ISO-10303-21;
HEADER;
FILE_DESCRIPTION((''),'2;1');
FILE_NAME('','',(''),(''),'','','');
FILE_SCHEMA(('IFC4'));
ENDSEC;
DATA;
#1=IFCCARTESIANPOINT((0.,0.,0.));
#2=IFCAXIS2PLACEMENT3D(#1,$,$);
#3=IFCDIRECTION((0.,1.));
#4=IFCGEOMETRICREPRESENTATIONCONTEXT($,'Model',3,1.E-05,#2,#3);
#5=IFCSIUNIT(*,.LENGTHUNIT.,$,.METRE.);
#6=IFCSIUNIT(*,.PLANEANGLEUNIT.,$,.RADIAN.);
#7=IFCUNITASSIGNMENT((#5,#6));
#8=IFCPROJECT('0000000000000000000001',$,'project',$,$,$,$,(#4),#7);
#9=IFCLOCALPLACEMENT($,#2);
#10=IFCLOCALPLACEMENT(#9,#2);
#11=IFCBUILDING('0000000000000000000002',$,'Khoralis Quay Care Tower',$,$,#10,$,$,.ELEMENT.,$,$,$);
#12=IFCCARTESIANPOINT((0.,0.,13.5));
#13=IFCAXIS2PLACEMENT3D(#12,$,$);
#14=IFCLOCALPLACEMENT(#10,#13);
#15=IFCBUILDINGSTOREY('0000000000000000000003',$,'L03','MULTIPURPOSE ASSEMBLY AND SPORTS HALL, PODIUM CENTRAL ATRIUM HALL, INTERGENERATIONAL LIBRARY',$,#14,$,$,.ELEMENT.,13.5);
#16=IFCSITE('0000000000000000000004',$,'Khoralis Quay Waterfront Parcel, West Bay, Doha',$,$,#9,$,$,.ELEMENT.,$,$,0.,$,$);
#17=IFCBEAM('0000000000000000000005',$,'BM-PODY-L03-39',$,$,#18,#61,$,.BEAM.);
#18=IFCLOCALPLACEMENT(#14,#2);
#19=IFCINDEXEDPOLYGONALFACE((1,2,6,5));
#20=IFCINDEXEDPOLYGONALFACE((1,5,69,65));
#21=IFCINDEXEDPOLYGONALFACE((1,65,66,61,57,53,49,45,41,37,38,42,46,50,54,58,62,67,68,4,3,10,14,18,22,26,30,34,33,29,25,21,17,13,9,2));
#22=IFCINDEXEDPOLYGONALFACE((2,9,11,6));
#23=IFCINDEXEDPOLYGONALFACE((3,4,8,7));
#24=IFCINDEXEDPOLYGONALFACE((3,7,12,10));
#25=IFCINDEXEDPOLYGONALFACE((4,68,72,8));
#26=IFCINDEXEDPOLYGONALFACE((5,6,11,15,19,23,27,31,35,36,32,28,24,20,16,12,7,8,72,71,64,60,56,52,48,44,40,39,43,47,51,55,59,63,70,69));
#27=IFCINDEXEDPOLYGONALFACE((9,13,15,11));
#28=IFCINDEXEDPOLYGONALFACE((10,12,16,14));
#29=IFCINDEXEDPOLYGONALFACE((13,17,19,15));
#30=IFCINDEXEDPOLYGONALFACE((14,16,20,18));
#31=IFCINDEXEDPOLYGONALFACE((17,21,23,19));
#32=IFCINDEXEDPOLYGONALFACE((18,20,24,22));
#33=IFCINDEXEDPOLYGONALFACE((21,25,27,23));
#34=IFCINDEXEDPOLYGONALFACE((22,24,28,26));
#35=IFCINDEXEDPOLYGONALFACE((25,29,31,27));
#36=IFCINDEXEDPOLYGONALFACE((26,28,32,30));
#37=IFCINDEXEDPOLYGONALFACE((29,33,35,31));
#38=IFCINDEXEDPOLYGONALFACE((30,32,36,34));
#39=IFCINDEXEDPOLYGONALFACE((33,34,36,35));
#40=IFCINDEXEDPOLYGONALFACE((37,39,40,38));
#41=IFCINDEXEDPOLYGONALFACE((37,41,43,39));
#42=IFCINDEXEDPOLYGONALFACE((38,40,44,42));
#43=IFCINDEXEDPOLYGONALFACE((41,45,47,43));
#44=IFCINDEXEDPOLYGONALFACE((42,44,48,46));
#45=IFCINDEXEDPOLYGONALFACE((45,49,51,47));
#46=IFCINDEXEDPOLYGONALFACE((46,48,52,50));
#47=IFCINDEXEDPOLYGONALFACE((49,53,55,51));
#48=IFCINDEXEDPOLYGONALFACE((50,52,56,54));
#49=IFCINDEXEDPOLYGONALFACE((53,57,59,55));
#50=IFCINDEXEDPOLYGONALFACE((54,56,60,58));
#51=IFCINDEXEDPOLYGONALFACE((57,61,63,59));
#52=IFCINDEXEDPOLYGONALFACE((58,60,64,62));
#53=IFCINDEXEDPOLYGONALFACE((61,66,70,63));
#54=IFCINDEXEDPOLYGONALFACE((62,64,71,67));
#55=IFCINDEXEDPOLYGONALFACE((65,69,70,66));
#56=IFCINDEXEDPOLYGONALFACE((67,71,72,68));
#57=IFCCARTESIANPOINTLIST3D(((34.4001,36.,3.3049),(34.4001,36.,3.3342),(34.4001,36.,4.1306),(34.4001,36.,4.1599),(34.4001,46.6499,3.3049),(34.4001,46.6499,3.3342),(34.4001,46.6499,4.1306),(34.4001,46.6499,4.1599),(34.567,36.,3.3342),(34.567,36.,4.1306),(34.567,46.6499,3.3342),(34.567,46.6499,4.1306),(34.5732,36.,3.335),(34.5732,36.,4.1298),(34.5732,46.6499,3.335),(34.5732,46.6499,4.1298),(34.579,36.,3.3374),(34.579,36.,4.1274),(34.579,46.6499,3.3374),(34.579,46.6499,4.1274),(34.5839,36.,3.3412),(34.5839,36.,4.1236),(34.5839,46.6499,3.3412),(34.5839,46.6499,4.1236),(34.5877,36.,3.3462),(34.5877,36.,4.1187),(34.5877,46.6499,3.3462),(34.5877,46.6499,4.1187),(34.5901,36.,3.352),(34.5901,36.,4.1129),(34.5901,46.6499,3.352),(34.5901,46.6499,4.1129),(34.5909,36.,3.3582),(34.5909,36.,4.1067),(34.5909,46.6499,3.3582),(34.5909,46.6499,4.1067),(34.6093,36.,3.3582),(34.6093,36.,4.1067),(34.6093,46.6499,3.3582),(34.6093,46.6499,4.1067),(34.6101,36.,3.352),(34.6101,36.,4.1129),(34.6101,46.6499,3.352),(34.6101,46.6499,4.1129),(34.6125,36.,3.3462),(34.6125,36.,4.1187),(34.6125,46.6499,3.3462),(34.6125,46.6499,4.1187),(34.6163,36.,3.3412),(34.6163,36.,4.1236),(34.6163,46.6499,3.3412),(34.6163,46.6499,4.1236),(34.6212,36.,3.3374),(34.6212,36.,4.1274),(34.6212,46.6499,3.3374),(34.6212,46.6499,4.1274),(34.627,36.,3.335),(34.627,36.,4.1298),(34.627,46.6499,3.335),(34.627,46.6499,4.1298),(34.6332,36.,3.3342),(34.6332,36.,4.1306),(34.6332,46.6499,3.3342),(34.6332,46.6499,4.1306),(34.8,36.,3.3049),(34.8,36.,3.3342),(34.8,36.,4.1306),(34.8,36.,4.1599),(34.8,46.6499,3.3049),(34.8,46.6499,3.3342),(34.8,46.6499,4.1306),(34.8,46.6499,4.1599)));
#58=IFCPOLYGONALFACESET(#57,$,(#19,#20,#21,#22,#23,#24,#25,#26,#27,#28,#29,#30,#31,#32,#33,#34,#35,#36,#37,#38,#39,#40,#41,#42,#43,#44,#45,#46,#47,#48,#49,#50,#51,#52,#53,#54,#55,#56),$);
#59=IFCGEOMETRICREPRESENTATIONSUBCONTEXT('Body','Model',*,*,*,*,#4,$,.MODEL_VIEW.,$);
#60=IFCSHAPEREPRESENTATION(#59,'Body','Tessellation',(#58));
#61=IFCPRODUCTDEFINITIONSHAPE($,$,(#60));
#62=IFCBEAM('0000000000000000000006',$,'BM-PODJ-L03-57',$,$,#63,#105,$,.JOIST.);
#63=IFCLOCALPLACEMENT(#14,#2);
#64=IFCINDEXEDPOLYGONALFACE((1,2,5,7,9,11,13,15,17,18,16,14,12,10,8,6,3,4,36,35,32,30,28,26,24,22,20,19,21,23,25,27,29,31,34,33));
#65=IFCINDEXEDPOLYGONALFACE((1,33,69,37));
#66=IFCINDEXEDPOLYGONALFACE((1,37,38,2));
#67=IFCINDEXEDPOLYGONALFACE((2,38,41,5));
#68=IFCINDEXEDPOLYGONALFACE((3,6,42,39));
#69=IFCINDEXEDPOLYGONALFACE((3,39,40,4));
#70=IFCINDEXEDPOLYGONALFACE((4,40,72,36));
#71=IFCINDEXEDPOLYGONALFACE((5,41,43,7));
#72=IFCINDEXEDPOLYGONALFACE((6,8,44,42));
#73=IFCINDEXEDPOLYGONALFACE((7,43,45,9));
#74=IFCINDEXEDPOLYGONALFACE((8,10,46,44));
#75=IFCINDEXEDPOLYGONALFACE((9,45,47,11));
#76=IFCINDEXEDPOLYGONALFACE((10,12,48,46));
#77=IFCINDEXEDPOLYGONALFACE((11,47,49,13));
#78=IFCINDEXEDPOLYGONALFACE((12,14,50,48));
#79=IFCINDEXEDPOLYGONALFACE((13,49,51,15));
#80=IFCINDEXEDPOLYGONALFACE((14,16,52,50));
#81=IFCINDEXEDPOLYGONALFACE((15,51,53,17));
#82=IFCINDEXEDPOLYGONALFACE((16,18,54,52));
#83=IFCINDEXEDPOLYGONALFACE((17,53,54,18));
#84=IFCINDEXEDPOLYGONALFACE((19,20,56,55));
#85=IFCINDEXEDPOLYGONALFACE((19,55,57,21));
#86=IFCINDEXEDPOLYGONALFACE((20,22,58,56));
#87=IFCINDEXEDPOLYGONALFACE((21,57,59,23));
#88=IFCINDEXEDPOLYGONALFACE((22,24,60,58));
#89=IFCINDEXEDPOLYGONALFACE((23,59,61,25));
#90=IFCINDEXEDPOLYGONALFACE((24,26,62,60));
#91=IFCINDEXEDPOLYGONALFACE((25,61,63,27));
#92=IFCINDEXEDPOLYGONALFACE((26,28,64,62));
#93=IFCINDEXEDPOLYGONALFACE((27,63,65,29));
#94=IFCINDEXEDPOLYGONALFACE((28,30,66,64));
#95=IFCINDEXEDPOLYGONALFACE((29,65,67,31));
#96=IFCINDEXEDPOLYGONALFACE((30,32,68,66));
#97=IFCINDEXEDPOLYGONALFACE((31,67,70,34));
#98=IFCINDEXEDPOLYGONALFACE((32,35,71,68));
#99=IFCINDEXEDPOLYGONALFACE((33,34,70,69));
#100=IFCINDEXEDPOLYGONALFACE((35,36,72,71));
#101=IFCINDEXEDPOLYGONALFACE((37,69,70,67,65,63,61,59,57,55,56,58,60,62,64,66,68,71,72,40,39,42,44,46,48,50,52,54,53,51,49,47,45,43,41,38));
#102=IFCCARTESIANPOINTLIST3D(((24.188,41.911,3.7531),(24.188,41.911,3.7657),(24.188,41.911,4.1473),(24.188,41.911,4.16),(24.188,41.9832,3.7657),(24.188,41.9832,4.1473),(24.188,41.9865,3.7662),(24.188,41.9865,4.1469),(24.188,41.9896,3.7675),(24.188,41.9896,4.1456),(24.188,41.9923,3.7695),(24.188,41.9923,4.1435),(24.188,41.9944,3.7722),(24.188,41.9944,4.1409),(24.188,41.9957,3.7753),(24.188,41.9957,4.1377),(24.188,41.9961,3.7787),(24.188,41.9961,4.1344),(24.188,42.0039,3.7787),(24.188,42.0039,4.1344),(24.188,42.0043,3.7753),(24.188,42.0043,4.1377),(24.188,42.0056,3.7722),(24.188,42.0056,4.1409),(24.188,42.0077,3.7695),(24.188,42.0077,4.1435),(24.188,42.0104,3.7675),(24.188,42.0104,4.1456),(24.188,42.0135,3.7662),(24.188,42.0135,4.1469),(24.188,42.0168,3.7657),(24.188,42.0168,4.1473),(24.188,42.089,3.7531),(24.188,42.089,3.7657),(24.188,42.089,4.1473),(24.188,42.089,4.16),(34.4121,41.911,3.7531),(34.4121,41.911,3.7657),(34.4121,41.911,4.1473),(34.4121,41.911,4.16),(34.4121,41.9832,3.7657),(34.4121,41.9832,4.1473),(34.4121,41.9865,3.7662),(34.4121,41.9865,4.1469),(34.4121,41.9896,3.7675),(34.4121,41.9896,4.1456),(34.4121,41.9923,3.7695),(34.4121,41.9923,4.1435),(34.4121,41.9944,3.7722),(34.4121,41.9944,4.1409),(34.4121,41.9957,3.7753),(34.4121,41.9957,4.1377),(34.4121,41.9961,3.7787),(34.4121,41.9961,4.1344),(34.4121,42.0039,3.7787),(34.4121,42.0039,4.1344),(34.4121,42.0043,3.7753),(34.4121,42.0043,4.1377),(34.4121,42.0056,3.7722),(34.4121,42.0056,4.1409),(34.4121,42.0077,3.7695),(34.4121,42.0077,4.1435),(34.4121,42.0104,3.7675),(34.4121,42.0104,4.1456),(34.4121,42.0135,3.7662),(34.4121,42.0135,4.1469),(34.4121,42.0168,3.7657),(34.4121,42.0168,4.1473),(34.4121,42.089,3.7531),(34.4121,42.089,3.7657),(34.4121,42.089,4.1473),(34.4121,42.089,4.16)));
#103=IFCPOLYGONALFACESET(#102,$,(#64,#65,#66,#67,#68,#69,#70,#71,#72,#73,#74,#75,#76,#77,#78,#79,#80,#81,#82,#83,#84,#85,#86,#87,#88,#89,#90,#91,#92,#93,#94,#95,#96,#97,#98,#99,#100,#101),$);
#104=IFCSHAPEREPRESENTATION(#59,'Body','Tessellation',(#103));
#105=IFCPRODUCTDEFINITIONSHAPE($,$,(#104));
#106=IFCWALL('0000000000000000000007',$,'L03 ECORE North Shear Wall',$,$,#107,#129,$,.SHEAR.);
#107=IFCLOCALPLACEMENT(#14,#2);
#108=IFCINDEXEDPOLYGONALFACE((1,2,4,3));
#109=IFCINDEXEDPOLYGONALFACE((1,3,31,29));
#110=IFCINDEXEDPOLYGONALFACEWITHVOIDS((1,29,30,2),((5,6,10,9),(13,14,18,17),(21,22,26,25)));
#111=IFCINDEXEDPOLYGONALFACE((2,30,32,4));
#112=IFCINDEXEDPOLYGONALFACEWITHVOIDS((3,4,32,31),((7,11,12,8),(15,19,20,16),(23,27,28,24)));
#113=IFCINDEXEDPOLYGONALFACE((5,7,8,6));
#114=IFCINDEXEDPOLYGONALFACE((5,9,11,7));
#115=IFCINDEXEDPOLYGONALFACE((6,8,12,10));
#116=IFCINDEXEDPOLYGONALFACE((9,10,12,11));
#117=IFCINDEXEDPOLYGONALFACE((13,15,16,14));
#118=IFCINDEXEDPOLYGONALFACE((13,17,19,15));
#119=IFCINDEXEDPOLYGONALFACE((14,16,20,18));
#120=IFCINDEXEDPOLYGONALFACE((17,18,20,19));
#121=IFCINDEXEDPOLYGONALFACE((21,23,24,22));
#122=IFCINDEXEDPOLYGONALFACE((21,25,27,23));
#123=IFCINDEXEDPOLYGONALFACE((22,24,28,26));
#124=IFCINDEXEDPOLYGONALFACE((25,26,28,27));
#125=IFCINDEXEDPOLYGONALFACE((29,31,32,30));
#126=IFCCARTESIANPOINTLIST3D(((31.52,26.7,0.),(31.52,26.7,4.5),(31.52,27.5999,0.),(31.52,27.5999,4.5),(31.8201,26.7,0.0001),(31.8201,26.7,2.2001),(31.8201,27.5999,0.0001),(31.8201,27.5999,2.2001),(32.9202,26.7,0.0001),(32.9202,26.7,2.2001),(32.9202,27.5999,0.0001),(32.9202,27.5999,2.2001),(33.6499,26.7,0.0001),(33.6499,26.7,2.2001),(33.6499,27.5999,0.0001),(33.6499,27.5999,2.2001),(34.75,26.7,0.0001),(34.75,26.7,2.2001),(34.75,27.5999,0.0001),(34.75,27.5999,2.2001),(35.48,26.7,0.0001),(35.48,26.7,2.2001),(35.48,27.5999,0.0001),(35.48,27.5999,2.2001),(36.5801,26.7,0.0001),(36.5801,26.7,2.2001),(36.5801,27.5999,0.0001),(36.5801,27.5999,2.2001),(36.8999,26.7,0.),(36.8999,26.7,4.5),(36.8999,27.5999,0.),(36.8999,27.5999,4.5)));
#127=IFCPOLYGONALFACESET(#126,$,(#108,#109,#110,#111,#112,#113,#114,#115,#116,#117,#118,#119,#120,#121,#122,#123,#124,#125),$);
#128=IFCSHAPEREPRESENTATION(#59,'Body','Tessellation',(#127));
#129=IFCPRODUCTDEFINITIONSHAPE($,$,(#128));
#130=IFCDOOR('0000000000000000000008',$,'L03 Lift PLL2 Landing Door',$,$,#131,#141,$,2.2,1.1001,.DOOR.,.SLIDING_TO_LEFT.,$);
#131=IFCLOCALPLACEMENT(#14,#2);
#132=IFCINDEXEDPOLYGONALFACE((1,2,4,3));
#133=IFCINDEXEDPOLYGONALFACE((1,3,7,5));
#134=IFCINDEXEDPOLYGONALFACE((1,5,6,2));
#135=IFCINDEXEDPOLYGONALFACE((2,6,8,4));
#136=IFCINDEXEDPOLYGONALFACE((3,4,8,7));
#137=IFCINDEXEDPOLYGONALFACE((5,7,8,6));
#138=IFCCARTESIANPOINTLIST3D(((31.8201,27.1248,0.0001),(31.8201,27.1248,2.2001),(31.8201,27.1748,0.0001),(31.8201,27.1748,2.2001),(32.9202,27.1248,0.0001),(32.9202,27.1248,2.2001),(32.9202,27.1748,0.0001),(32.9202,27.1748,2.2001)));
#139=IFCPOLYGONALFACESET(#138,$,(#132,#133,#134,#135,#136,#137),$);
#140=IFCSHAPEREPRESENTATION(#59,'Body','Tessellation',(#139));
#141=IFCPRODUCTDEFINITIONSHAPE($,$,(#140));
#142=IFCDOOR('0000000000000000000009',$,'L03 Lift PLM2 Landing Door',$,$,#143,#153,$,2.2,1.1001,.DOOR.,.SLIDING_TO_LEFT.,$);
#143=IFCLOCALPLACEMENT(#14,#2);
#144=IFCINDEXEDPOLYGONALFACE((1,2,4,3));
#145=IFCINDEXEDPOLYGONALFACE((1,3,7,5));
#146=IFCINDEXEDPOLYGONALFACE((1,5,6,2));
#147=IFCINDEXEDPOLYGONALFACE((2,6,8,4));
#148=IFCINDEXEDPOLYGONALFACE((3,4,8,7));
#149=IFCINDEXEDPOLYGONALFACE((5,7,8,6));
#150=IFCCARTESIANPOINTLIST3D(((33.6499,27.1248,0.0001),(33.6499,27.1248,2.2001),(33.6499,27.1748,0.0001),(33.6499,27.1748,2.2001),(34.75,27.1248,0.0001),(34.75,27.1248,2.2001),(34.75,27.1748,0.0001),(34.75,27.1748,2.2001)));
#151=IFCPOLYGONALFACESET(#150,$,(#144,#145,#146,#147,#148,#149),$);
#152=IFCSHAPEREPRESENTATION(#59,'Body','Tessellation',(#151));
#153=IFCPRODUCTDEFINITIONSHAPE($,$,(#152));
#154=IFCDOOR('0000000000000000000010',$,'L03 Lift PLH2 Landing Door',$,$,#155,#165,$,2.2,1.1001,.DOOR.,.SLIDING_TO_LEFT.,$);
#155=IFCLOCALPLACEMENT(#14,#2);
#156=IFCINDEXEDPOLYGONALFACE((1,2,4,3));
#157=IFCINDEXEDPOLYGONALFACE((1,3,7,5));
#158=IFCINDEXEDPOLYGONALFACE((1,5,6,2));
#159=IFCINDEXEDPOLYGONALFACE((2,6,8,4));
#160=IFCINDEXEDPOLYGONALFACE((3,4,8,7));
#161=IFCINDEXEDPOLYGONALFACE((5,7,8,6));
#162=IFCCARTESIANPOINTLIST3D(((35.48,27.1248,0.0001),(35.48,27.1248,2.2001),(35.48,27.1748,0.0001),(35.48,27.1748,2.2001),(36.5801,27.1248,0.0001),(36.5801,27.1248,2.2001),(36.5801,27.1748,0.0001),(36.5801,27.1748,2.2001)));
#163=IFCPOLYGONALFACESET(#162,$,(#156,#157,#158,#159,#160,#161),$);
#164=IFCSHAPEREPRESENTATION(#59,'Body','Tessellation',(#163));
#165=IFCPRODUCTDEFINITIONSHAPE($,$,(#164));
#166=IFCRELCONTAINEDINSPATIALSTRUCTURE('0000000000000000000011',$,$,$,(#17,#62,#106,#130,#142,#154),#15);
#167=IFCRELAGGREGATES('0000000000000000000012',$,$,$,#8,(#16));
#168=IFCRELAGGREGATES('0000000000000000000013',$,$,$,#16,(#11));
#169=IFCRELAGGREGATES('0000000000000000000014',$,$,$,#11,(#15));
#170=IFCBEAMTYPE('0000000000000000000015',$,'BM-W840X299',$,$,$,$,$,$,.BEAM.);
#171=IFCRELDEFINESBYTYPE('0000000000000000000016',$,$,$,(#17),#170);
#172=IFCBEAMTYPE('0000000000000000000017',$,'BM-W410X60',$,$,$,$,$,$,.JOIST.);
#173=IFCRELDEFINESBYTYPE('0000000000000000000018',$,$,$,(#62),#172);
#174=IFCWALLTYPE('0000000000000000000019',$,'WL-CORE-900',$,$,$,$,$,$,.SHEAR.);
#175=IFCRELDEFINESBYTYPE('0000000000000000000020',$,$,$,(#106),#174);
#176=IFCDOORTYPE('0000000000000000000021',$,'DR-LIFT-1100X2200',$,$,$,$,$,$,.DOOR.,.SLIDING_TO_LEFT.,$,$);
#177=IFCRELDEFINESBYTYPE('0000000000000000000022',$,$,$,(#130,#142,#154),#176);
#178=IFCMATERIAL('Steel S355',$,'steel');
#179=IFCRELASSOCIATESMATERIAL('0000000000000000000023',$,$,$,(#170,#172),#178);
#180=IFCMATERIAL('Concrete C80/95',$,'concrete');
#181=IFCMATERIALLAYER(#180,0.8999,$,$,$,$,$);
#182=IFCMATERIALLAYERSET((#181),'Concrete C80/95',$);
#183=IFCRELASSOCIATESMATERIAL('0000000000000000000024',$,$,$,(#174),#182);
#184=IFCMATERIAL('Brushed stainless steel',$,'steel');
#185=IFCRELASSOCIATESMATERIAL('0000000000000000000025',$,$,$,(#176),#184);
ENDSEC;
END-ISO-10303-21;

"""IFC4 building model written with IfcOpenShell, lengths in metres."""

from ifc_helpers import new_model, si_unit, direction, frame, frame_2d, origin, origin_2d, place, context, subcontext, project, spatial, rectangle, i_section, extrude, source, transform, mapped, material, layer, layer_set, material_profile, profile_set, type_object, element, fill, save


model = new_model("IFC4")

# Units and contexts
model_context = context("Model", 3, precision=1e-05, world=origin(), true_north=direction((0.0, 1.0)))
body_context = subcontext(model_context, "Body", "Model", "MODEL_VIEW")
ifc_project = project(units=[si_unit("LENGTHUNIT", "METRE"), si_unit("PLANEANGLEUNIT", "RADIAN")], contexts=[model_context])

# Site, building, storey
site_placement = place(None, origin())
site = spatial("IfcSite", under=ifc_project, at=site_placement, Name="Khoralis Quay Waterfront Parcel, West Bay, Doha", CompositionType="ELEMENT", RefElevation=0.0)
building_placement = place(site_placement, origin())
building = spatial("IfcBuilding", under=site, at=building_placement, Name="Khoralis Quay Care Tower", CompositionType="ELEMENT")
storey_placement = place(building_placement, frame((0.0, 0.0, 13.5)))
storey = spatial("IfcBuildingStorey", under=building, at=storey_placement, Name="L03", Description="MULTIPURPOSE ASSEMBLY AND SPORTS HALL, PODIUM CENTRAL ATRIUM HALL, INTERGENERATIONAL LIBRARY", CompositionType="ELEMENT", Elevation=13.5)

# Shared definitions
ifc_material_1 = material(Name="Concrete C80/95", Category="concrete")

# Beams
ifc_material_2 = material(Name="Steel S355", Category="steel")
ifc_material_profile_1 = material_profile(ifc_material_2, i_section(OverallWidth=0.3999, OverallDepth=0.855, WebThickness=0.0183, FlangeThickness=0.0293, FilletRadius=0.0239, at=origin_2d()), Name="Steel S355")
ifc_profile_set_1 = profile_set([ifc_material_profile_1], Name="Steel S355")
beam_type_1 = type_object("IfcBeamType", Name="BM-W840X299", PredefinedType="BEAM", material=ifc_profile_set_1)
shared_shape_1 = source(origin(), body_context, "Body", "SweptSolid", [
    extrude(i_section(OverallWidth=0.3999, OverallDepth=0.855, WebThickness=0.0183, FlangeThickness=0.0293, FilletRadius=0.0239, at=origin_2d()), origin(), (0.0, 0.0, 1.0), 10.6499),
])
for number, where, z_axis, x_axis, name in (
    (1, (34.6001, 36.0, 3.7324), (0.0, 1.0, 0.0), (-1.0, 0.0, 0.0), "BM-PODY-L03-39"),
):
    element("IfcBeam", number, at=place(storey_placement, frame(where, z_axis=z_axis, x_axis=x_axis)), inside=storey, type_object=beam_type_1, Name=name, PredefinedType="BEAM", context=body_context, shape_type="MappedRepresentation", body=[
        mapped(shared_shape_1, transform((0.0, 0.0, 0.0), scale=1.0)),
    ])
ifc_material_profile_2 = material_profile(ifc_material_2, i_section(OverallWidth=0.178, OverallDepth=0.407, WebThickness=0.0078, FlangeThickness=0.0127, FilletRadius=0.0129, at=origin_2d()), Name="Steel S355")
ifc_profile_set_2 = profile_set([ifc_material_profile_2], Name="Steel S355")
beam_type_2 = type_object("IfcBeamType", Name="BM-W410X60", PredefinedType="JOIST", material=ifc_profile_set_2)
shared_shape_2 = source(origin(), body_context, "Body", "SweptSolid", [
    extrude(i_section(OverallWidth=0.178, OverallDepth=0.407, WebThickness=0.0078, FlangeThickness=0.0127, FilletRadius=0.0129, at=origin_2d()), origin(), (0.0, 0.0, 1.0), 10.2241),
])
beam_1_placement = place(storey_placement, frame((24.188, 42.0, 3.9565), z_axis=(1.0, 0.0, 0.0), x_axis=(0.0, 1.0, 0.0)))
element("IfcBeam", 2, at=beam_1_placement, inside=storey, type_object=beam_type_2, Name="BM-PODJ-L03-57", PredefinedType="JOIST", context=body_context, shape_type="MappedRepresentation", body=[
    mapped(shared_shape_2, transform((0.0, 0.0, 0.0), scale=1.0)),
])

# Wall, openings, doors
ifc_layer_1 = layer(ifc_material_1, 0.8999)
ifc_layer_set_1 = layer_set([ifc_layer_1], Name="Concrete C80/95")
wall_type_1 = type_object("IfcWallType", Name="WL-CORE-900", PredefinedType="SHEAR", material=ifc_layer_set_1)
wall_1_placement = place(storey_placement, frame((31.52, 27.1499, 0.0), z_axis=(0.0, 0.0, 1.0), x_axis=(1.0, 0.0, 0.0)))
wall_1 = element("IfcWall", 3, at=wall_1_placement, inside=storey, type_object=wall_type_1, Name="L03 ECORE North Shear Wall", PredefinedType="SHEAR", context=body_context, shape_type="SweptSolid", body=[
    extrude(rectangle(XDim=5.3799, YDim=0.8999, at=frame_2d((2.6899, 0.0))), origin(), (0.0, 0.0, 1.0), 4.5),
])
opening_1_placement = place(wall_1_placement, frame((0.3, 0.0, 0.0)))
opening_1 = element("IfcOpeningElement", 4, at=opening_1_placement, cuts=wall_1, PredefinedType="OPENING", context=body_context, shape_type="SweptSolid", body=[
    extrude(rectangle(XDim=1.1001, YDim=2.2, at=frame_2d((0.55, 1.1001))), frame((0.0, 0.46, 0.0), z_axis=(0.0, -1.0, 0.0), x_axis=(1.0, 0.0, 0.0)), (0.0, 0.0, 1.0), 0.9199),
])
opening_2_placement = place(wall_1_placement, frame((2.1299, 0.0, 0.0)))
opening_2 = element("IfcOpeningElement", 5, at=opening_2_placement, cuts=wall_1, PredefinedType="OPENING", context=body_context, shape_type="SweptSolid", body=[
    extrude(rectangle(XDim=1.1001, YDim=2.2, at=frame_2d((0.55, 1.1001))), frame((0.0, 0.46, 0.0), z_axis=(0.0, -1.0, 0.0), x_axis=(1.0, 0.0, 0.0)), (0.0, 0.0, 1.0), 0.9199),
])
opening_3_placement = place(wall_1_placement, frame((3.96, 0.0, 0.0)))
opening_3 = element("IfcOpeningElement", 6, at=opening_3_placement, cuts=wall_1, PredefinedType="OPENING", context=body_context, shape_type="SweptSolid", body=[
    extrude(rectangle(XDim=1.1001, YDim=2.2, at=frame_2d((0.55, 1.1001))), frame((0.0, 0.46, 0.0), z_axis=(0.0, -1.0, 0.0), x_axis=(1.0, 0.0, 0.0)), (0.0, 0.0, 1.0), 0.9199),
])
ifc_material_3 = material(Name="Brushed stainless steel", Category="steel")
door_type_1 = type_object("IfcDoorType", Name="DR-LIFT-1100X2200", OperationType="SLIDING_TO_LEFT", PredefinedType="DOOR", material=ifc_material_3)
shared_shape_3 = source(origin(), body_context, "Body", "SweptSolid", [
    extrude(rectangle(XDim=1.1001, YDim=2.2, at=frame_2d((0.55, 1.1001))), frame((0.0, 0.0249, 0.0), z_axis=(0.0, -1.0, 0.0), x_axis=(1.0, 0.0, 0.0)), (0.0, 0.0, 1.0), 0.05),
])
door_1_placement = place(opening_1_placement, origin())
door_1 = element("IfcDoor", 7, at=door_1_placement, inside=storey, type_object=door_type_1, Name="L03 Lift PLL2 Landing Door", OperationType="SLIDING_TO_LEFT", OverallHeight=2.2, OverallWidth=1.1001, PredefinedType="DOOR", context=body_context, shape_type="MappedRepresentation", body=[
    mapped(shared_shape_3, transform((0.0, 0.0, 0.0), scale=1.0)),
])
fill(opening_1, door_1)
door_2_placement = place(opening_2_placement, origin())
door_2 = element("IfcDoor", 8, at=door_2_placement, inside=storey, type_object=door_type_1, Name="L03 Lift PLM2 Landing Door", OperationType="SLIDING_TO_LEFT", OverallHeight=2.2, OverallWidth=1.1001, PredefinedType="DOOR", context=body_context, shape_type="MappedRepresentation", body=[
    mapped(shared_shape_3, transform((0.0, 0.0, 0.0), scale=1.0)),
])
fill(opening_2, door_2)
door_3_placement = place(opening_3_placement, origin())
door_3 = element("IfcDoor", 9, at=door_3_placement, inside=storey, type_object=door_type_1, Name="L03 Lift PLH2 Landing Door", OperationType="SLIDING_TO_LEFT", OverallHeight=2.2, OverallWidth=1.1001, PredefinedType="DOOR", context=body_context, shape_type="MappedRepresentation", body=[
    mapped(shared_shape_3, transform((0.0, 0.0, 0.0), scale=1.0)),
])
fill(opening_3, door_3)

save(model, "model.ifc")
